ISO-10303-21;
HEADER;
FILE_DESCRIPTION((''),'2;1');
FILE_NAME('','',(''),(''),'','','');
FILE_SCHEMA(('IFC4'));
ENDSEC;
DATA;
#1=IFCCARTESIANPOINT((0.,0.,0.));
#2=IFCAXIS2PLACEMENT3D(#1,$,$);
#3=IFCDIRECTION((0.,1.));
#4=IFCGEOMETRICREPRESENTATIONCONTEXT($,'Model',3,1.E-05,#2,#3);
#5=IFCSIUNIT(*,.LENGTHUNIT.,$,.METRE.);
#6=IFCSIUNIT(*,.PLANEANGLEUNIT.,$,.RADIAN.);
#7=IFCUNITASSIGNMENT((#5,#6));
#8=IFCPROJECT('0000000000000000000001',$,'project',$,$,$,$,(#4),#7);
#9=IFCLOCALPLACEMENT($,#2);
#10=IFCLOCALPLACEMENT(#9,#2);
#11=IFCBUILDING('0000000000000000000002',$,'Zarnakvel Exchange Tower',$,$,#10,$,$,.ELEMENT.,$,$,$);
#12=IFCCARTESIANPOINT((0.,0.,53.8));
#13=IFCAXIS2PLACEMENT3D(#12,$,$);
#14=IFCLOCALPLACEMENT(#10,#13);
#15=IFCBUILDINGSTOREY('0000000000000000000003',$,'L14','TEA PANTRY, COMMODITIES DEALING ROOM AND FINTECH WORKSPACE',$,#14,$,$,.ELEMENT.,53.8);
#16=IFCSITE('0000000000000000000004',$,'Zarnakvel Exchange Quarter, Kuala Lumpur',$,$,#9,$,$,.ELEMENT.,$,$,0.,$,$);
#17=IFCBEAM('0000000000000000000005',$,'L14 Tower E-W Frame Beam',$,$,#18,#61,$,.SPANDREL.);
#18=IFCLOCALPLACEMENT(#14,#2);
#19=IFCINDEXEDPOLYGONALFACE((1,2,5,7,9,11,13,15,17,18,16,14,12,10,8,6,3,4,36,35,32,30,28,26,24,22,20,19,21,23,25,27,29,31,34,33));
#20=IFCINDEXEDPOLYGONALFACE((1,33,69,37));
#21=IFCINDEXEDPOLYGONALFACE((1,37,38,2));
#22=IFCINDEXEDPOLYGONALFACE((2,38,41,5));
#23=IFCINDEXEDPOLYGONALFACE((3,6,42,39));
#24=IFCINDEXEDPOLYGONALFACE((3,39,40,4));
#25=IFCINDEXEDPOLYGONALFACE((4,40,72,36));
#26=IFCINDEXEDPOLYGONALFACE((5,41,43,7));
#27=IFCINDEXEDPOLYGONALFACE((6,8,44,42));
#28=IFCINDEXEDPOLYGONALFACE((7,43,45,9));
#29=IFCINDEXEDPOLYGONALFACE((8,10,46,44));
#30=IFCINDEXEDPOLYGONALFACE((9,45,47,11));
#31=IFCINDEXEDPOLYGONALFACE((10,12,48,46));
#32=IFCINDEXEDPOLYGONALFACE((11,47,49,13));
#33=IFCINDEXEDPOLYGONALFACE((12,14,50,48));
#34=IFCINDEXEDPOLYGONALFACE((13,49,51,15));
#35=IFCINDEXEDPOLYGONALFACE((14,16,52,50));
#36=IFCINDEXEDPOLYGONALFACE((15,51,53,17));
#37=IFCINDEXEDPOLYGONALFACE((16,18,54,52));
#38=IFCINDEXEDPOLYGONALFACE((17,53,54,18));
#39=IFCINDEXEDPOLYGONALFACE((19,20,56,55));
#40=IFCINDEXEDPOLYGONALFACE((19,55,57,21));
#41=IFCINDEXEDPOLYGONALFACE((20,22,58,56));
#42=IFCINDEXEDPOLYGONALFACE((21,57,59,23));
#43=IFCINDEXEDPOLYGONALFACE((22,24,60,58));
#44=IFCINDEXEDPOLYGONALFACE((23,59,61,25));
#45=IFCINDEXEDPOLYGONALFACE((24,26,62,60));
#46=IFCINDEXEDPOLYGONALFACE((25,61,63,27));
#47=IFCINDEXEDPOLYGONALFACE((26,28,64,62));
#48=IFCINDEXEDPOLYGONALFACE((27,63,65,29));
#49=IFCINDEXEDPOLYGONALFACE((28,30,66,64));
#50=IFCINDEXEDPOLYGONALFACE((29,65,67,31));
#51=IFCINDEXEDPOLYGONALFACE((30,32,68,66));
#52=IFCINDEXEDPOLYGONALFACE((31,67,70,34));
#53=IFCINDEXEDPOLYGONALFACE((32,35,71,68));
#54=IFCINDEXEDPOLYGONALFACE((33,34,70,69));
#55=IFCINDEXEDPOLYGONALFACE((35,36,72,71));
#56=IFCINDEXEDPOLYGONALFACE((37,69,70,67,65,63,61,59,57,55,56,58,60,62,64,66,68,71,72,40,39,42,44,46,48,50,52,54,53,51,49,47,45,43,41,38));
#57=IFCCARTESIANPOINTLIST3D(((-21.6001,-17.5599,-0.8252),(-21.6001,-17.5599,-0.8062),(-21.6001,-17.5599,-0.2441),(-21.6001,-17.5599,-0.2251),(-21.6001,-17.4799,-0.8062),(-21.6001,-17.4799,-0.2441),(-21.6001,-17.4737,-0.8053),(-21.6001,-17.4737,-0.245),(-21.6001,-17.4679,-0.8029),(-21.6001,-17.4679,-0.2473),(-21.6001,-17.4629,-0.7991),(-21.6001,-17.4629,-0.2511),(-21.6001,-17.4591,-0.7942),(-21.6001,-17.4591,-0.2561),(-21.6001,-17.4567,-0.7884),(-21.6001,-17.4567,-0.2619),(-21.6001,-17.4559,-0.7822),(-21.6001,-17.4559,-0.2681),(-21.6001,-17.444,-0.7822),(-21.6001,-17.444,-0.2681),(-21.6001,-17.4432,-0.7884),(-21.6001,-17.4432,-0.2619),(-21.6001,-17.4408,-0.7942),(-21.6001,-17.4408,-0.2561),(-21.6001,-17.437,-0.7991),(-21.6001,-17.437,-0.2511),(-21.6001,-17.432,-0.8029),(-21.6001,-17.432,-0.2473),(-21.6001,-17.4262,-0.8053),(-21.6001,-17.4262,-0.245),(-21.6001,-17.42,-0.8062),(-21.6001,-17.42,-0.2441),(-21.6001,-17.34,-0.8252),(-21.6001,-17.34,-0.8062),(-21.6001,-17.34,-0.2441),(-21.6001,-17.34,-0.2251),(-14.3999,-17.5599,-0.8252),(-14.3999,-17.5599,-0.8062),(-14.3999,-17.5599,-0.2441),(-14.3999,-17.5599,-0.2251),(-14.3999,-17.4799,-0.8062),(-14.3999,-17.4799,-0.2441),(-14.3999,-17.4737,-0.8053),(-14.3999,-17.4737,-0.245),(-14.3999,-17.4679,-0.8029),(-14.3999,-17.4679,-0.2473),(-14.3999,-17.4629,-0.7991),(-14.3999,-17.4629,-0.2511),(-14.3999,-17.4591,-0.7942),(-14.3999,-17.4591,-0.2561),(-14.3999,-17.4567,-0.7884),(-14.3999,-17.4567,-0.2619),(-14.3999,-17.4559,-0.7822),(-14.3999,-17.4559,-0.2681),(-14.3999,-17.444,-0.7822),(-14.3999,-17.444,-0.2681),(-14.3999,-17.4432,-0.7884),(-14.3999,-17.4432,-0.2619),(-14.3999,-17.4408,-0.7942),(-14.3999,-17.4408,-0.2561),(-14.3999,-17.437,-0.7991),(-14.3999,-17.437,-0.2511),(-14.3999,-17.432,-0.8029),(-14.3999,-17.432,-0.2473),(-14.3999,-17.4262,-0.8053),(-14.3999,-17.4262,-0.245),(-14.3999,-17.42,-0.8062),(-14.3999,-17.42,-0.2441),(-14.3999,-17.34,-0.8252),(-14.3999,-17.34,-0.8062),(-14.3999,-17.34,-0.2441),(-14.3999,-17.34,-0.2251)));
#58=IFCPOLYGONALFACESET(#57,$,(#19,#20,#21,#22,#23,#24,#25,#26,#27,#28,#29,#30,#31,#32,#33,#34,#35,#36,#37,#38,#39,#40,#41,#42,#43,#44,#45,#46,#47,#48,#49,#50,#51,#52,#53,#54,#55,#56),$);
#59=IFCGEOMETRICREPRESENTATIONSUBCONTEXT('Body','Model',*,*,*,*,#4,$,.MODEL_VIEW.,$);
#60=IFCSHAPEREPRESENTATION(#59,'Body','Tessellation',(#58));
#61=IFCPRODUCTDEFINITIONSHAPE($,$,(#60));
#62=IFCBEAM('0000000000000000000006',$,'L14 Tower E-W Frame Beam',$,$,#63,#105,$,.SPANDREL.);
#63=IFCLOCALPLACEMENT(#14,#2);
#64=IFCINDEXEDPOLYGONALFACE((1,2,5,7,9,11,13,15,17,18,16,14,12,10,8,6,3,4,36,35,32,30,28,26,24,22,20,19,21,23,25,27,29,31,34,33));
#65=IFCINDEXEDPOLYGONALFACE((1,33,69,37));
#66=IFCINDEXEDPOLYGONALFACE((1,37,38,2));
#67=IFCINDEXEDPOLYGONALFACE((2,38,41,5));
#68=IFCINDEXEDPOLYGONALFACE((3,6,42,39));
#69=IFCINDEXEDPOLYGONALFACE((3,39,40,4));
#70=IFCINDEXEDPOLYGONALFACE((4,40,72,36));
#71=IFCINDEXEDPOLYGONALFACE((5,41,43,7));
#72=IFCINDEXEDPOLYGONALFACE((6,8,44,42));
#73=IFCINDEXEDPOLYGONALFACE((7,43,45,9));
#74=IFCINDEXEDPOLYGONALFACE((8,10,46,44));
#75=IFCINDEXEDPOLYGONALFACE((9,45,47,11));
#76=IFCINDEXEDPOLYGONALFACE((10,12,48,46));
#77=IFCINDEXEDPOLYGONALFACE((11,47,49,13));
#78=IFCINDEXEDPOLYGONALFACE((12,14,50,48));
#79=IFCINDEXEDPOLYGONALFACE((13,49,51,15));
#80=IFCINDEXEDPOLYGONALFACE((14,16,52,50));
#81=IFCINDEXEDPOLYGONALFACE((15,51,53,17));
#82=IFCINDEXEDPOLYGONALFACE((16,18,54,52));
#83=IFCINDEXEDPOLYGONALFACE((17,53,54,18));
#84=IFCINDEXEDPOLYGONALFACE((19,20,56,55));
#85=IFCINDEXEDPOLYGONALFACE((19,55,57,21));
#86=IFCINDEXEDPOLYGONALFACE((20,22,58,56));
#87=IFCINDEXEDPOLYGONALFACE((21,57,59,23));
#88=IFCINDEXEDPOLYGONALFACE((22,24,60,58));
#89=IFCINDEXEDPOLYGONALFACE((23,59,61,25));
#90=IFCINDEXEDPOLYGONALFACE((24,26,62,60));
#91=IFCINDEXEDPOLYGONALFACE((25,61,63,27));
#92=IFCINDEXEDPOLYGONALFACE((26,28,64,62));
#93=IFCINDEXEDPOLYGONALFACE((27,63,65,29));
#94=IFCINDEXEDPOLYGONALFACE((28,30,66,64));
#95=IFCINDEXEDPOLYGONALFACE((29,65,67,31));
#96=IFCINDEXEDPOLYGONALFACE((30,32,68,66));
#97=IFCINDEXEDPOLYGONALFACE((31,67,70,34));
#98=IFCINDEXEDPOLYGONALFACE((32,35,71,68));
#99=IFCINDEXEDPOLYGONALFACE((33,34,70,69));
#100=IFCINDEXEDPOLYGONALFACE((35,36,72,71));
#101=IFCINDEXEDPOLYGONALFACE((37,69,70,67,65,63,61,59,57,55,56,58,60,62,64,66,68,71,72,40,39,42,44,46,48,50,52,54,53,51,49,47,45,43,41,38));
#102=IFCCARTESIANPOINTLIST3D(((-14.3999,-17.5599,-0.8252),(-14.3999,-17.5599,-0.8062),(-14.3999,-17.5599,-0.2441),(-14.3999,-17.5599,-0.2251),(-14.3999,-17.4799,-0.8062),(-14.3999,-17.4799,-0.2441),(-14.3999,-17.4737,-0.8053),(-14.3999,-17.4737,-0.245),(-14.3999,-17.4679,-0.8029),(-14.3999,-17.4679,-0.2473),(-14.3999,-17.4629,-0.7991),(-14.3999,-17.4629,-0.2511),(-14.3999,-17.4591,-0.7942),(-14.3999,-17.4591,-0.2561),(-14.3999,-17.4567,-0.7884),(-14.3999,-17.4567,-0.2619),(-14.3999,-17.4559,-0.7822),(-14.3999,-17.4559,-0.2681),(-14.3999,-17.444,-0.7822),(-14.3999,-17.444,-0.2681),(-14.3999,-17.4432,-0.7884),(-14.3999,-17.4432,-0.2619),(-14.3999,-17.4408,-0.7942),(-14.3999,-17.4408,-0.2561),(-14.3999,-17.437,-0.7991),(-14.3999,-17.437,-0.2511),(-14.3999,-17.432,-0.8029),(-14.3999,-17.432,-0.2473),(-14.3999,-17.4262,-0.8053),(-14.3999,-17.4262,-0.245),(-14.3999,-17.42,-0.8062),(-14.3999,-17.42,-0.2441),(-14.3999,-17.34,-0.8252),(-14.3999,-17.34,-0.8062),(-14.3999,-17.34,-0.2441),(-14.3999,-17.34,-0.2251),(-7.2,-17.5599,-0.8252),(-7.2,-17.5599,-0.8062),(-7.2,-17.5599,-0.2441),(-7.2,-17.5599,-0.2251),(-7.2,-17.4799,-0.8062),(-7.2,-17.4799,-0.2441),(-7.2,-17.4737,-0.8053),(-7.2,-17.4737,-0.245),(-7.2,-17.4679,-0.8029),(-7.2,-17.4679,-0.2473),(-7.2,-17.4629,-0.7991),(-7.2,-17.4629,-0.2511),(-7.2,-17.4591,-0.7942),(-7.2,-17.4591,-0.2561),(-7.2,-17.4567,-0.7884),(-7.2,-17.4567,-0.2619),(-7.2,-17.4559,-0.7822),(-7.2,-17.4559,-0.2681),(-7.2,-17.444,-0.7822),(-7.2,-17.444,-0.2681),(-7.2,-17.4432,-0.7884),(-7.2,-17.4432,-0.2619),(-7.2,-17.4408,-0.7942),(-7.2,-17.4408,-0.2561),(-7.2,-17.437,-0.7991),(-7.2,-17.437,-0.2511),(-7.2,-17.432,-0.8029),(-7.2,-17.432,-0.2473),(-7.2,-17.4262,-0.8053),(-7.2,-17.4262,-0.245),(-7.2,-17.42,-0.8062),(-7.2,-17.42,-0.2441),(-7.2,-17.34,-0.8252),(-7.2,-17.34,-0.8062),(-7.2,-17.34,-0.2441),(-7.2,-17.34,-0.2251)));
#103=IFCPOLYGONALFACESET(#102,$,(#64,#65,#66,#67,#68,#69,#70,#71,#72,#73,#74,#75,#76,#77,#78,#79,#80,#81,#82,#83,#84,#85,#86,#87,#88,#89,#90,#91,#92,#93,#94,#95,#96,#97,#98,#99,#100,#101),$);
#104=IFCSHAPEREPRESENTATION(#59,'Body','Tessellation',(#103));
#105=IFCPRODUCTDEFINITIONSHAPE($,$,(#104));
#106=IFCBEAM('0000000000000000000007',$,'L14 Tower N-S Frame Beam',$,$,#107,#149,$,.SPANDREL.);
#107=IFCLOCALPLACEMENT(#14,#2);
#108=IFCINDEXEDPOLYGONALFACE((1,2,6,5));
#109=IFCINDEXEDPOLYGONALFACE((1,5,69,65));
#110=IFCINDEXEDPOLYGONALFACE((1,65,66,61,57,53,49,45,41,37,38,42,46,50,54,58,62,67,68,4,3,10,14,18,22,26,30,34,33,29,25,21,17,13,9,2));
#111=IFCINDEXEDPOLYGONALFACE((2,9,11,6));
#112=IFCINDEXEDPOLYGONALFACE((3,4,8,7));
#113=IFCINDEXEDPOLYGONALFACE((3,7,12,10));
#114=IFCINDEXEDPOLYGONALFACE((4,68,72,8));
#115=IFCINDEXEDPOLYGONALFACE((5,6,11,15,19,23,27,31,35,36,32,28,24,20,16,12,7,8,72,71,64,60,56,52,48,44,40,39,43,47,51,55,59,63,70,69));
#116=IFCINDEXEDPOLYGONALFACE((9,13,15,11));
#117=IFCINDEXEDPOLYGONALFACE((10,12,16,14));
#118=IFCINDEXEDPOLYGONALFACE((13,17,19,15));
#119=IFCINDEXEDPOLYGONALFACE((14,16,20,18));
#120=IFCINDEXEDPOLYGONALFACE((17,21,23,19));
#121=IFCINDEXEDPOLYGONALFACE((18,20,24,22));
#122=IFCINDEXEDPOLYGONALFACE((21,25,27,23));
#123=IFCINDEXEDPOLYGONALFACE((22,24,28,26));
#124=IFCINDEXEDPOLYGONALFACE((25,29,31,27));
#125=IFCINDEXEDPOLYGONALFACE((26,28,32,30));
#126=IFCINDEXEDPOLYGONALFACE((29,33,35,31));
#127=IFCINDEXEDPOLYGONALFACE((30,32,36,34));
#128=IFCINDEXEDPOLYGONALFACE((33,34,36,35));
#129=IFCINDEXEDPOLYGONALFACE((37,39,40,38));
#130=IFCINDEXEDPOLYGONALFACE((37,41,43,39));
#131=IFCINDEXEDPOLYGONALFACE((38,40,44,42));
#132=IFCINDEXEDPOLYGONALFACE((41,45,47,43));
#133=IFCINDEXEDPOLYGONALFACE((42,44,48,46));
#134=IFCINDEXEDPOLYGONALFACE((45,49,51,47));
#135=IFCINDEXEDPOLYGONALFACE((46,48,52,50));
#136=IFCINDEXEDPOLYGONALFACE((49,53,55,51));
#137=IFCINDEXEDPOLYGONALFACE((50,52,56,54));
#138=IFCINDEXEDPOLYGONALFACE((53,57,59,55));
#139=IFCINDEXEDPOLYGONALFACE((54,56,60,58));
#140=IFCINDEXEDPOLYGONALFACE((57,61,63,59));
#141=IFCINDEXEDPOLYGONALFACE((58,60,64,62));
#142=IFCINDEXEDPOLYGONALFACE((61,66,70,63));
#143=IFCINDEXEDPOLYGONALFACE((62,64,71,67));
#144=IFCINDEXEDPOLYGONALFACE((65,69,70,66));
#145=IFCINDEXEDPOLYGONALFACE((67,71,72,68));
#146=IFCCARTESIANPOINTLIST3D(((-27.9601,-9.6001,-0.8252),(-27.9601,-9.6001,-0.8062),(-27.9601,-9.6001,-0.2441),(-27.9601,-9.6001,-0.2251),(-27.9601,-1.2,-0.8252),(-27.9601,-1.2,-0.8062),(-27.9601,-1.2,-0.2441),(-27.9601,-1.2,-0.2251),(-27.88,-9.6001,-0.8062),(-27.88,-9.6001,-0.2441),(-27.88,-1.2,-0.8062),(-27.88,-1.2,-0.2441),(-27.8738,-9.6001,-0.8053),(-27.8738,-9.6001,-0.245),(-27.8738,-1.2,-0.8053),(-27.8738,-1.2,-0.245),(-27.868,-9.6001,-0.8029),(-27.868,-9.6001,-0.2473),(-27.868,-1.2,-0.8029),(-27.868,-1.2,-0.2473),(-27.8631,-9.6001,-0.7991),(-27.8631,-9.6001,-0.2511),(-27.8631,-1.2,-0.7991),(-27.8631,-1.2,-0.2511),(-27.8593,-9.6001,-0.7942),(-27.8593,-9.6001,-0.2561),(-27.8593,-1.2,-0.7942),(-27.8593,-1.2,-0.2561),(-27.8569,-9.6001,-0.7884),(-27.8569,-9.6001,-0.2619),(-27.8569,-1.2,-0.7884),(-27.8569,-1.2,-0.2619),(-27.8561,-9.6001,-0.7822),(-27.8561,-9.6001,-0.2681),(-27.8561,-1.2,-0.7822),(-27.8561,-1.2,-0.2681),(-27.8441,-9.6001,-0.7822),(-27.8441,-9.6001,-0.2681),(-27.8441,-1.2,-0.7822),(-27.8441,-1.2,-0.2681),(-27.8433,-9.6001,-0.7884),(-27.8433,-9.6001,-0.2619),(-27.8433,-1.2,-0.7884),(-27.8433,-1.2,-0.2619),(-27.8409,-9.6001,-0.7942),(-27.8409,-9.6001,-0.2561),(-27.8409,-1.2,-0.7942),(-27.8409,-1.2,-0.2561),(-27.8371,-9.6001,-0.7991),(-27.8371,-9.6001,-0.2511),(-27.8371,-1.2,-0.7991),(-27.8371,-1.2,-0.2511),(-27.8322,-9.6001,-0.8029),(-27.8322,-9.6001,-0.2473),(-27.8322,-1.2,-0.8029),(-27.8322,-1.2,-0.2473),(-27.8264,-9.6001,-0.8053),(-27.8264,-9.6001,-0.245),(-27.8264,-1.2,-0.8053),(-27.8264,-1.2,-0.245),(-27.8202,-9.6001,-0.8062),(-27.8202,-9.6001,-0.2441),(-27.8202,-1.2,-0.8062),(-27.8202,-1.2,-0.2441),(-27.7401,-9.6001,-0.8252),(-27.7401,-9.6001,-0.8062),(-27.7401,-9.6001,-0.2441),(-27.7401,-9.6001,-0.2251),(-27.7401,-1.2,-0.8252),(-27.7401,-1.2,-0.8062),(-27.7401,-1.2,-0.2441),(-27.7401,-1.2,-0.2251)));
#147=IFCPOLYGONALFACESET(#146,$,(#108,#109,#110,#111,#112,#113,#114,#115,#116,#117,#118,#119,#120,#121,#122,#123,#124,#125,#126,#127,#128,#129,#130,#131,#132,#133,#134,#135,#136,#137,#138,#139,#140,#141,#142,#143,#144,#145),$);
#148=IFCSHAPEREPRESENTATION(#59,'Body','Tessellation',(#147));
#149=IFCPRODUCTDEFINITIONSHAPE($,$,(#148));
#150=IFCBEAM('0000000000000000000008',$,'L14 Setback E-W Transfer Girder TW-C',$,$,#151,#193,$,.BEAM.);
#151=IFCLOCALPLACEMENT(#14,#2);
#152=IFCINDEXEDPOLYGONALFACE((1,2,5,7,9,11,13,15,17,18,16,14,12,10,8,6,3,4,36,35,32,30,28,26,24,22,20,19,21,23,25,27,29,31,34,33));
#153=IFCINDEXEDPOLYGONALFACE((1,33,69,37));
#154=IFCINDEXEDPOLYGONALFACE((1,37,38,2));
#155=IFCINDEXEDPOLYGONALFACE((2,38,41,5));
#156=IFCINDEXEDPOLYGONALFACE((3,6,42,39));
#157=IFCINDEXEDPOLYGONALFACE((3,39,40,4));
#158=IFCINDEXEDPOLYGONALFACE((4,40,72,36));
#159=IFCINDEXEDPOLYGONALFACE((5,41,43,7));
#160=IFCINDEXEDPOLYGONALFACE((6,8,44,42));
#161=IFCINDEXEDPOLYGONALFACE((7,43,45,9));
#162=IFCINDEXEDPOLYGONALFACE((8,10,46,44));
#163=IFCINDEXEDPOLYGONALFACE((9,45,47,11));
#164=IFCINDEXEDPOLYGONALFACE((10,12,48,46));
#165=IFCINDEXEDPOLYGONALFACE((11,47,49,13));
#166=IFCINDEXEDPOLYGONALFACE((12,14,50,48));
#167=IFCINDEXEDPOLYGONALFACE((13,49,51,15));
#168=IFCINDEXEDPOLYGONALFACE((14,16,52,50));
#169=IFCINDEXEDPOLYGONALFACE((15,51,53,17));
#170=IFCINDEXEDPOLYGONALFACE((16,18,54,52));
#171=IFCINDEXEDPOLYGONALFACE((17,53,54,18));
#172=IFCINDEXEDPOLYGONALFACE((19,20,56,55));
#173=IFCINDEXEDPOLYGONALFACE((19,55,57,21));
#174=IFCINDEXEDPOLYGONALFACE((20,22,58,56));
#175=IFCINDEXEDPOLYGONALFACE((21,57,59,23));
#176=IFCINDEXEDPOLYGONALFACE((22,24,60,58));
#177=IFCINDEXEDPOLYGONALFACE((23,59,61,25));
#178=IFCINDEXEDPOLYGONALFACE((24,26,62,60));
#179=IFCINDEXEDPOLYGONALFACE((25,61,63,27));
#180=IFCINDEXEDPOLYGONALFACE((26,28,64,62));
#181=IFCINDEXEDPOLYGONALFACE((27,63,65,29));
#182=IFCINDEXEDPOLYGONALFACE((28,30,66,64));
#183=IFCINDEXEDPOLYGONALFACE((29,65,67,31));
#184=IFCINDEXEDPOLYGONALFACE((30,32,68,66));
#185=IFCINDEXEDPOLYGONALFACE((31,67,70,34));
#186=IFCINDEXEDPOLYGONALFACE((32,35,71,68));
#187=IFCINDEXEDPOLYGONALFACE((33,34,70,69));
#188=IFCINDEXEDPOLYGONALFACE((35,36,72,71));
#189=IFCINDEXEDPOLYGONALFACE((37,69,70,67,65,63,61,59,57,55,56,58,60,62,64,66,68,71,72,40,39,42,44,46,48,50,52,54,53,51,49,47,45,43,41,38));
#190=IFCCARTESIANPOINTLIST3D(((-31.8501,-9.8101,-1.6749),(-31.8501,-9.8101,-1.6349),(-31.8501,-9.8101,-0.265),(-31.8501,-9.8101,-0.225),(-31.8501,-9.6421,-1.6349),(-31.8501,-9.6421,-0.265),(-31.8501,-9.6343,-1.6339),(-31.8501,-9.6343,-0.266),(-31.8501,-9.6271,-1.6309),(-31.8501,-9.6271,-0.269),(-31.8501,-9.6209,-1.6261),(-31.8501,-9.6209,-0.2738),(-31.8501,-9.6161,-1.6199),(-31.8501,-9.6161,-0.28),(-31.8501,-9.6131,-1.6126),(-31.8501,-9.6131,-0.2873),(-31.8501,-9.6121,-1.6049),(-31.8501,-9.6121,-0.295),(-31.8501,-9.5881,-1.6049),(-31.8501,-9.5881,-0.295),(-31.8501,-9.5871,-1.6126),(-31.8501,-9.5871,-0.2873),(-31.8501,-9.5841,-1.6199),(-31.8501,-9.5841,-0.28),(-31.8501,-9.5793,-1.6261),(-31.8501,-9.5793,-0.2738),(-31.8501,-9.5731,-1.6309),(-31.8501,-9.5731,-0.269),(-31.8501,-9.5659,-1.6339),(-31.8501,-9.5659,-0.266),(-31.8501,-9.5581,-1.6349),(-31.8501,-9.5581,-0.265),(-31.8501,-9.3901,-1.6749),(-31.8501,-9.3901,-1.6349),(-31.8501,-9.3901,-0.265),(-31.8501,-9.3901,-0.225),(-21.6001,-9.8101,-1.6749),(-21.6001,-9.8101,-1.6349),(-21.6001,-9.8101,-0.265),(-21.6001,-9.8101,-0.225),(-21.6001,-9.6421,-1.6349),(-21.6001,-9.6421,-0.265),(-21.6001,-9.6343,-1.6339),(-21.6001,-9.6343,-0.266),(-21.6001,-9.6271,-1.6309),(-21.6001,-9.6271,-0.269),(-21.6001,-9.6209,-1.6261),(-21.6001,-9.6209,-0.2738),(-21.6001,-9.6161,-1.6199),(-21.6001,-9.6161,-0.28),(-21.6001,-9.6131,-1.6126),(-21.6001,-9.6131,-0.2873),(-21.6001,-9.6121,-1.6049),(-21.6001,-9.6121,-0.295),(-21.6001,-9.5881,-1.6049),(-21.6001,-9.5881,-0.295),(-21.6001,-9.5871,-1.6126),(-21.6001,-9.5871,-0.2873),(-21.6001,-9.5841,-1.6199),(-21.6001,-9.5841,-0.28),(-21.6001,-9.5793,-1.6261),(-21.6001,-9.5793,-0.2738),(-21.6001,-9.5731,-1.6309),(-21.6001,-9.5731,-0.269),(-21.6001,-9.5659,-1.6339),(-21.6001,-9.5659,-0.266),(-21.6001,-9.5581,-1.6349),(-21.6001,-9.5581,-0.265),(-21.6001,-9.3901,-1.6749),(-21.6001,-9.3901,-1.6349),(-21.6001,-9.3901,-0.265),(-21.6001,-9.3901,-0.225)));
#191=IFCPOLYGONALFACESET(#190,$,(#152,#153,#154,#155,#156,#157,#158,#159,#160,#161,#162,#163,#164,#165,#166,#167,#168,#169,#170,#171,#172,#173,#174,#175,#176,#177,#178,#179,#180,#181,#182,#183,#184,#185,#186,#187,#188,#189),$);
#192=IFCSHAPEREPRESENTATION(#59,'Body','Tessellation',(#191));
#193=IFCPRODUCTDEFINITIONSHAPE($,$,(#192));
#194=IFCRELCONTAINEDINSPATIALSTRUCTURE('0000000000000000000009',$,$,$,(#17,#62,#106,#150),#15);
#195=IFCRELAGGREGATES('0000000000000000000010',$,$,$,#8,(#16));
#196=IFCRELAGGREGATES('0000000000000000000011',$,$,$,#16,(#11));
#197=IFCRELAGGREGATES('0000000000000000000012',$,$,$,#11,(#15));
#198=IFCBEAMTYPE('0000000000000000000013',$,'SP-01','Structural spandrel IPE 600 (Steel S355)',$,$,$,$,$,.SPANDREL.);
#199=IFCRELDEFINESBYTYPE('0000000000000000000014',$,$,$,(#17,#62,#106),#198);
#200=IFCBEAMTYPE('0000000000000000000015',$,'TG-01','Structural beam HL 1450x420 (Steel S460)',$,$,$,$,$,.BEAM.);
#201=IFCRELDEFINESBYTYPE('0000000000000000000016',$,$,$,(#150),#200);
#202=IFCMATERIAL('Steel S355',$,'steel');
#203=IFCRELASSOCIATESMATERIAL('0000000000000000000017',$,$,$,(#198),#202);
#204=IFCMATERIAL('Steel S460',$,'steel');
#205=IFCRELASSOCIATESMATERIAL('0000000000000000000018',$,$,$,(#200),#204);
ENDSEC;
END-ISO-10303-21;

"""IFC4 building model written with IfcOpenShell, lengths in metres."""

from ifc_helpers import new_model, si_unit, direction, frame, origin, origin_2d, place, context, subcontext, project, spatial, i_section, extrude, material, material_profile, profile_set, type_object, element, save


model = new_model("IFC4")

# Units and contexts
model_context = context("Model", 3, precision=1e-05, world=origin(), true_north=direction((0.0, 1.0)))
body_context = subcontext(model_context, "Body", "Model", "MODEL_VIEW")
ifc_project = project(units=[si_unit("LENGTHUNIT", "METRE"), si_unit("PLANEANGLEUNIT", "RADIAN")], contexts=[model_context])

# Site, building, storey
site_placement = place(None, origin())
site = spatial("IfcSite", under=ifc_project, at=site_placement, Name="Zarnakvel Exchange Quarter, Kuala Lumpur", CompositionType="ELEMENT", RefElevation=0.0)
building_placement = place(site_placement, origin())
building = spatial("IfcBuilding", under=site, at=building_placement, Name="Zarnakvel Exchange Tower", CompositionType="ELEMENT")
storey_placement = place(building_placement, frame((0.0, 0.0, 53.8)))
storey = spatial("IfcBuildingStorey", under=building, at=storey_placement, Name="L14", Description="TEA PANTRY, COMMODITIES DEALING ROOM AND FINTECH WORKSPACE", CompositionType="ELEMENT", Elevation=53.8)

# Shared definitions
ifc_material_1 = material(Name="Steel S355", Category="steel")

# Beams
ifc_material_profile_1 = material_profile(ifc_material_1, i_section(OverallWidth=0.22, OverallDepth=0.6001, WebThickness=0.012, FlangeThickness=0.019, FilletRadius=0.0239, at=origin_2d()))
ifc_profile_set_1 = profile_set([ifc_material_profile_1], Name="Steel S355")
beam_type_1 = type_object("IfcBeamType", Name="SP-01", Description="Structural spandrel IPE 600 (Steel S355)", PredefinedType="SPANDREL", material=ifc_profile_set_1)
beam_1_placement = place(storey_placement, frame((-21.6001, -17.45, -0.5251), z_axis=(1.0, 0.0, 0.0), x_axis=(0.0, 1.0, 0.0)))
element("IfcBeam", 1, at=beam_1_placement, inside=storey, type_object=beam_type_1, Name="L14 Tower E-W Frame Beam", PredefinedType="SPANDREL", context=body_context, shape_type="SweptSolid", body=[
    extrude(i_section(OverallWidth=0.22, OverallDepth=0.6001, WebThickness=0.012, FlangeThickness=0.019, FilletRadius=0.0239, at=origin_2d()), origin(), (0.0, 0.0, 1.0), 7.2002),
])
beam_2_placement = place(storey_placement, frame((-14.3999, -17.45, -0.5251), z_axis=(1.0, 0.0, 0.0), x_axis=(0.0, 1.0, 0.0)))
element("IfcBeam", 2, at=beam_2_placement, inside=storey, type_object=beam_type_1, Name="L14 Tower E-W Frame Beam", PredefinedType="SPANDREL", context=body_context, shape_type="SweptSolid", body=[
    extrude(i_section(OverallWidth=0.22, OverallDepth=0.6001, WebThickness=0.012, FlangeThickness=0.019, FilletRadius=0.0239, at=origin_2d()), origin(), (0.0, 0.0, 1.0), 7.2),
])
beam_3_placement = place(storey_placement, frame((-27.8501, -9.6001, -0.5251), z_axis=(0.0, 1.0, 0.0), x_axis=(-1.0, 0.0, 0.0)))
element("IfcBeam", 3, at=beam_3_placement, inside=storey, type_object=beam_type_1, Name="L14 Tower N-S Frame Beam", PredefinedType="SPANDREL", context=body_context, shape_type="SweptSolid", body=[
    extrude(i_section(OverallWidth=0.22, OverallDepth=0.6001, WebThickness=0.012, FlangeThickness=0.019, FilletRadius=0.0239, at=origin_2d()), origin(), (0.0, 0.0, 1.0), 8.4001),
])
ifc_material_2 = material(Name="Steel S460", Category="steel")
ifc_material_profile_2 = material_profile(ifc_material_2, i_section(OverallWidth=0.4199, OverallDepth=1.45, WebThickness=0.0239, FlangeThickness=0.04, FilletRadius=0.03, at=origin_2d()))
ifc_profile_set_2 = profile_set([ifc_material_profile_2], Name="Steel S460")
beam_type_2 = type_object("IfcBeamType", Name="TG-01", Description="Structural beam HL 1450x420 (Steel S460)", PredefinedType="BEAM", material=ifc_profile_set_2)
beam_4_placement = place(storey_placement, frame((-31.8501, -9.6001, -0.95), z_axis=(1.0, 0.0, 0.0), x_axis=(0.0, 1.0, 0.0)))
element("IfcBeam", 4, at=beam_4_placement, inside=storey, type_object=beam_type_2, Name="L14 Setback E-W Transfer Girder TW-C", PredefinedType="BEAM", context=body_context, shape_type="SweptSolid", body=[
    extrude(i_section(OverallWidth=0.4199, OverallDepth=1.45, WebThickness=0.0239, FlangeThickness=0.04, FilletRadius=0.03, at=origin_2d()), origin(), (0.0, 0.0, 1.0), 10.25),
])

save(model, "model.ifc")
